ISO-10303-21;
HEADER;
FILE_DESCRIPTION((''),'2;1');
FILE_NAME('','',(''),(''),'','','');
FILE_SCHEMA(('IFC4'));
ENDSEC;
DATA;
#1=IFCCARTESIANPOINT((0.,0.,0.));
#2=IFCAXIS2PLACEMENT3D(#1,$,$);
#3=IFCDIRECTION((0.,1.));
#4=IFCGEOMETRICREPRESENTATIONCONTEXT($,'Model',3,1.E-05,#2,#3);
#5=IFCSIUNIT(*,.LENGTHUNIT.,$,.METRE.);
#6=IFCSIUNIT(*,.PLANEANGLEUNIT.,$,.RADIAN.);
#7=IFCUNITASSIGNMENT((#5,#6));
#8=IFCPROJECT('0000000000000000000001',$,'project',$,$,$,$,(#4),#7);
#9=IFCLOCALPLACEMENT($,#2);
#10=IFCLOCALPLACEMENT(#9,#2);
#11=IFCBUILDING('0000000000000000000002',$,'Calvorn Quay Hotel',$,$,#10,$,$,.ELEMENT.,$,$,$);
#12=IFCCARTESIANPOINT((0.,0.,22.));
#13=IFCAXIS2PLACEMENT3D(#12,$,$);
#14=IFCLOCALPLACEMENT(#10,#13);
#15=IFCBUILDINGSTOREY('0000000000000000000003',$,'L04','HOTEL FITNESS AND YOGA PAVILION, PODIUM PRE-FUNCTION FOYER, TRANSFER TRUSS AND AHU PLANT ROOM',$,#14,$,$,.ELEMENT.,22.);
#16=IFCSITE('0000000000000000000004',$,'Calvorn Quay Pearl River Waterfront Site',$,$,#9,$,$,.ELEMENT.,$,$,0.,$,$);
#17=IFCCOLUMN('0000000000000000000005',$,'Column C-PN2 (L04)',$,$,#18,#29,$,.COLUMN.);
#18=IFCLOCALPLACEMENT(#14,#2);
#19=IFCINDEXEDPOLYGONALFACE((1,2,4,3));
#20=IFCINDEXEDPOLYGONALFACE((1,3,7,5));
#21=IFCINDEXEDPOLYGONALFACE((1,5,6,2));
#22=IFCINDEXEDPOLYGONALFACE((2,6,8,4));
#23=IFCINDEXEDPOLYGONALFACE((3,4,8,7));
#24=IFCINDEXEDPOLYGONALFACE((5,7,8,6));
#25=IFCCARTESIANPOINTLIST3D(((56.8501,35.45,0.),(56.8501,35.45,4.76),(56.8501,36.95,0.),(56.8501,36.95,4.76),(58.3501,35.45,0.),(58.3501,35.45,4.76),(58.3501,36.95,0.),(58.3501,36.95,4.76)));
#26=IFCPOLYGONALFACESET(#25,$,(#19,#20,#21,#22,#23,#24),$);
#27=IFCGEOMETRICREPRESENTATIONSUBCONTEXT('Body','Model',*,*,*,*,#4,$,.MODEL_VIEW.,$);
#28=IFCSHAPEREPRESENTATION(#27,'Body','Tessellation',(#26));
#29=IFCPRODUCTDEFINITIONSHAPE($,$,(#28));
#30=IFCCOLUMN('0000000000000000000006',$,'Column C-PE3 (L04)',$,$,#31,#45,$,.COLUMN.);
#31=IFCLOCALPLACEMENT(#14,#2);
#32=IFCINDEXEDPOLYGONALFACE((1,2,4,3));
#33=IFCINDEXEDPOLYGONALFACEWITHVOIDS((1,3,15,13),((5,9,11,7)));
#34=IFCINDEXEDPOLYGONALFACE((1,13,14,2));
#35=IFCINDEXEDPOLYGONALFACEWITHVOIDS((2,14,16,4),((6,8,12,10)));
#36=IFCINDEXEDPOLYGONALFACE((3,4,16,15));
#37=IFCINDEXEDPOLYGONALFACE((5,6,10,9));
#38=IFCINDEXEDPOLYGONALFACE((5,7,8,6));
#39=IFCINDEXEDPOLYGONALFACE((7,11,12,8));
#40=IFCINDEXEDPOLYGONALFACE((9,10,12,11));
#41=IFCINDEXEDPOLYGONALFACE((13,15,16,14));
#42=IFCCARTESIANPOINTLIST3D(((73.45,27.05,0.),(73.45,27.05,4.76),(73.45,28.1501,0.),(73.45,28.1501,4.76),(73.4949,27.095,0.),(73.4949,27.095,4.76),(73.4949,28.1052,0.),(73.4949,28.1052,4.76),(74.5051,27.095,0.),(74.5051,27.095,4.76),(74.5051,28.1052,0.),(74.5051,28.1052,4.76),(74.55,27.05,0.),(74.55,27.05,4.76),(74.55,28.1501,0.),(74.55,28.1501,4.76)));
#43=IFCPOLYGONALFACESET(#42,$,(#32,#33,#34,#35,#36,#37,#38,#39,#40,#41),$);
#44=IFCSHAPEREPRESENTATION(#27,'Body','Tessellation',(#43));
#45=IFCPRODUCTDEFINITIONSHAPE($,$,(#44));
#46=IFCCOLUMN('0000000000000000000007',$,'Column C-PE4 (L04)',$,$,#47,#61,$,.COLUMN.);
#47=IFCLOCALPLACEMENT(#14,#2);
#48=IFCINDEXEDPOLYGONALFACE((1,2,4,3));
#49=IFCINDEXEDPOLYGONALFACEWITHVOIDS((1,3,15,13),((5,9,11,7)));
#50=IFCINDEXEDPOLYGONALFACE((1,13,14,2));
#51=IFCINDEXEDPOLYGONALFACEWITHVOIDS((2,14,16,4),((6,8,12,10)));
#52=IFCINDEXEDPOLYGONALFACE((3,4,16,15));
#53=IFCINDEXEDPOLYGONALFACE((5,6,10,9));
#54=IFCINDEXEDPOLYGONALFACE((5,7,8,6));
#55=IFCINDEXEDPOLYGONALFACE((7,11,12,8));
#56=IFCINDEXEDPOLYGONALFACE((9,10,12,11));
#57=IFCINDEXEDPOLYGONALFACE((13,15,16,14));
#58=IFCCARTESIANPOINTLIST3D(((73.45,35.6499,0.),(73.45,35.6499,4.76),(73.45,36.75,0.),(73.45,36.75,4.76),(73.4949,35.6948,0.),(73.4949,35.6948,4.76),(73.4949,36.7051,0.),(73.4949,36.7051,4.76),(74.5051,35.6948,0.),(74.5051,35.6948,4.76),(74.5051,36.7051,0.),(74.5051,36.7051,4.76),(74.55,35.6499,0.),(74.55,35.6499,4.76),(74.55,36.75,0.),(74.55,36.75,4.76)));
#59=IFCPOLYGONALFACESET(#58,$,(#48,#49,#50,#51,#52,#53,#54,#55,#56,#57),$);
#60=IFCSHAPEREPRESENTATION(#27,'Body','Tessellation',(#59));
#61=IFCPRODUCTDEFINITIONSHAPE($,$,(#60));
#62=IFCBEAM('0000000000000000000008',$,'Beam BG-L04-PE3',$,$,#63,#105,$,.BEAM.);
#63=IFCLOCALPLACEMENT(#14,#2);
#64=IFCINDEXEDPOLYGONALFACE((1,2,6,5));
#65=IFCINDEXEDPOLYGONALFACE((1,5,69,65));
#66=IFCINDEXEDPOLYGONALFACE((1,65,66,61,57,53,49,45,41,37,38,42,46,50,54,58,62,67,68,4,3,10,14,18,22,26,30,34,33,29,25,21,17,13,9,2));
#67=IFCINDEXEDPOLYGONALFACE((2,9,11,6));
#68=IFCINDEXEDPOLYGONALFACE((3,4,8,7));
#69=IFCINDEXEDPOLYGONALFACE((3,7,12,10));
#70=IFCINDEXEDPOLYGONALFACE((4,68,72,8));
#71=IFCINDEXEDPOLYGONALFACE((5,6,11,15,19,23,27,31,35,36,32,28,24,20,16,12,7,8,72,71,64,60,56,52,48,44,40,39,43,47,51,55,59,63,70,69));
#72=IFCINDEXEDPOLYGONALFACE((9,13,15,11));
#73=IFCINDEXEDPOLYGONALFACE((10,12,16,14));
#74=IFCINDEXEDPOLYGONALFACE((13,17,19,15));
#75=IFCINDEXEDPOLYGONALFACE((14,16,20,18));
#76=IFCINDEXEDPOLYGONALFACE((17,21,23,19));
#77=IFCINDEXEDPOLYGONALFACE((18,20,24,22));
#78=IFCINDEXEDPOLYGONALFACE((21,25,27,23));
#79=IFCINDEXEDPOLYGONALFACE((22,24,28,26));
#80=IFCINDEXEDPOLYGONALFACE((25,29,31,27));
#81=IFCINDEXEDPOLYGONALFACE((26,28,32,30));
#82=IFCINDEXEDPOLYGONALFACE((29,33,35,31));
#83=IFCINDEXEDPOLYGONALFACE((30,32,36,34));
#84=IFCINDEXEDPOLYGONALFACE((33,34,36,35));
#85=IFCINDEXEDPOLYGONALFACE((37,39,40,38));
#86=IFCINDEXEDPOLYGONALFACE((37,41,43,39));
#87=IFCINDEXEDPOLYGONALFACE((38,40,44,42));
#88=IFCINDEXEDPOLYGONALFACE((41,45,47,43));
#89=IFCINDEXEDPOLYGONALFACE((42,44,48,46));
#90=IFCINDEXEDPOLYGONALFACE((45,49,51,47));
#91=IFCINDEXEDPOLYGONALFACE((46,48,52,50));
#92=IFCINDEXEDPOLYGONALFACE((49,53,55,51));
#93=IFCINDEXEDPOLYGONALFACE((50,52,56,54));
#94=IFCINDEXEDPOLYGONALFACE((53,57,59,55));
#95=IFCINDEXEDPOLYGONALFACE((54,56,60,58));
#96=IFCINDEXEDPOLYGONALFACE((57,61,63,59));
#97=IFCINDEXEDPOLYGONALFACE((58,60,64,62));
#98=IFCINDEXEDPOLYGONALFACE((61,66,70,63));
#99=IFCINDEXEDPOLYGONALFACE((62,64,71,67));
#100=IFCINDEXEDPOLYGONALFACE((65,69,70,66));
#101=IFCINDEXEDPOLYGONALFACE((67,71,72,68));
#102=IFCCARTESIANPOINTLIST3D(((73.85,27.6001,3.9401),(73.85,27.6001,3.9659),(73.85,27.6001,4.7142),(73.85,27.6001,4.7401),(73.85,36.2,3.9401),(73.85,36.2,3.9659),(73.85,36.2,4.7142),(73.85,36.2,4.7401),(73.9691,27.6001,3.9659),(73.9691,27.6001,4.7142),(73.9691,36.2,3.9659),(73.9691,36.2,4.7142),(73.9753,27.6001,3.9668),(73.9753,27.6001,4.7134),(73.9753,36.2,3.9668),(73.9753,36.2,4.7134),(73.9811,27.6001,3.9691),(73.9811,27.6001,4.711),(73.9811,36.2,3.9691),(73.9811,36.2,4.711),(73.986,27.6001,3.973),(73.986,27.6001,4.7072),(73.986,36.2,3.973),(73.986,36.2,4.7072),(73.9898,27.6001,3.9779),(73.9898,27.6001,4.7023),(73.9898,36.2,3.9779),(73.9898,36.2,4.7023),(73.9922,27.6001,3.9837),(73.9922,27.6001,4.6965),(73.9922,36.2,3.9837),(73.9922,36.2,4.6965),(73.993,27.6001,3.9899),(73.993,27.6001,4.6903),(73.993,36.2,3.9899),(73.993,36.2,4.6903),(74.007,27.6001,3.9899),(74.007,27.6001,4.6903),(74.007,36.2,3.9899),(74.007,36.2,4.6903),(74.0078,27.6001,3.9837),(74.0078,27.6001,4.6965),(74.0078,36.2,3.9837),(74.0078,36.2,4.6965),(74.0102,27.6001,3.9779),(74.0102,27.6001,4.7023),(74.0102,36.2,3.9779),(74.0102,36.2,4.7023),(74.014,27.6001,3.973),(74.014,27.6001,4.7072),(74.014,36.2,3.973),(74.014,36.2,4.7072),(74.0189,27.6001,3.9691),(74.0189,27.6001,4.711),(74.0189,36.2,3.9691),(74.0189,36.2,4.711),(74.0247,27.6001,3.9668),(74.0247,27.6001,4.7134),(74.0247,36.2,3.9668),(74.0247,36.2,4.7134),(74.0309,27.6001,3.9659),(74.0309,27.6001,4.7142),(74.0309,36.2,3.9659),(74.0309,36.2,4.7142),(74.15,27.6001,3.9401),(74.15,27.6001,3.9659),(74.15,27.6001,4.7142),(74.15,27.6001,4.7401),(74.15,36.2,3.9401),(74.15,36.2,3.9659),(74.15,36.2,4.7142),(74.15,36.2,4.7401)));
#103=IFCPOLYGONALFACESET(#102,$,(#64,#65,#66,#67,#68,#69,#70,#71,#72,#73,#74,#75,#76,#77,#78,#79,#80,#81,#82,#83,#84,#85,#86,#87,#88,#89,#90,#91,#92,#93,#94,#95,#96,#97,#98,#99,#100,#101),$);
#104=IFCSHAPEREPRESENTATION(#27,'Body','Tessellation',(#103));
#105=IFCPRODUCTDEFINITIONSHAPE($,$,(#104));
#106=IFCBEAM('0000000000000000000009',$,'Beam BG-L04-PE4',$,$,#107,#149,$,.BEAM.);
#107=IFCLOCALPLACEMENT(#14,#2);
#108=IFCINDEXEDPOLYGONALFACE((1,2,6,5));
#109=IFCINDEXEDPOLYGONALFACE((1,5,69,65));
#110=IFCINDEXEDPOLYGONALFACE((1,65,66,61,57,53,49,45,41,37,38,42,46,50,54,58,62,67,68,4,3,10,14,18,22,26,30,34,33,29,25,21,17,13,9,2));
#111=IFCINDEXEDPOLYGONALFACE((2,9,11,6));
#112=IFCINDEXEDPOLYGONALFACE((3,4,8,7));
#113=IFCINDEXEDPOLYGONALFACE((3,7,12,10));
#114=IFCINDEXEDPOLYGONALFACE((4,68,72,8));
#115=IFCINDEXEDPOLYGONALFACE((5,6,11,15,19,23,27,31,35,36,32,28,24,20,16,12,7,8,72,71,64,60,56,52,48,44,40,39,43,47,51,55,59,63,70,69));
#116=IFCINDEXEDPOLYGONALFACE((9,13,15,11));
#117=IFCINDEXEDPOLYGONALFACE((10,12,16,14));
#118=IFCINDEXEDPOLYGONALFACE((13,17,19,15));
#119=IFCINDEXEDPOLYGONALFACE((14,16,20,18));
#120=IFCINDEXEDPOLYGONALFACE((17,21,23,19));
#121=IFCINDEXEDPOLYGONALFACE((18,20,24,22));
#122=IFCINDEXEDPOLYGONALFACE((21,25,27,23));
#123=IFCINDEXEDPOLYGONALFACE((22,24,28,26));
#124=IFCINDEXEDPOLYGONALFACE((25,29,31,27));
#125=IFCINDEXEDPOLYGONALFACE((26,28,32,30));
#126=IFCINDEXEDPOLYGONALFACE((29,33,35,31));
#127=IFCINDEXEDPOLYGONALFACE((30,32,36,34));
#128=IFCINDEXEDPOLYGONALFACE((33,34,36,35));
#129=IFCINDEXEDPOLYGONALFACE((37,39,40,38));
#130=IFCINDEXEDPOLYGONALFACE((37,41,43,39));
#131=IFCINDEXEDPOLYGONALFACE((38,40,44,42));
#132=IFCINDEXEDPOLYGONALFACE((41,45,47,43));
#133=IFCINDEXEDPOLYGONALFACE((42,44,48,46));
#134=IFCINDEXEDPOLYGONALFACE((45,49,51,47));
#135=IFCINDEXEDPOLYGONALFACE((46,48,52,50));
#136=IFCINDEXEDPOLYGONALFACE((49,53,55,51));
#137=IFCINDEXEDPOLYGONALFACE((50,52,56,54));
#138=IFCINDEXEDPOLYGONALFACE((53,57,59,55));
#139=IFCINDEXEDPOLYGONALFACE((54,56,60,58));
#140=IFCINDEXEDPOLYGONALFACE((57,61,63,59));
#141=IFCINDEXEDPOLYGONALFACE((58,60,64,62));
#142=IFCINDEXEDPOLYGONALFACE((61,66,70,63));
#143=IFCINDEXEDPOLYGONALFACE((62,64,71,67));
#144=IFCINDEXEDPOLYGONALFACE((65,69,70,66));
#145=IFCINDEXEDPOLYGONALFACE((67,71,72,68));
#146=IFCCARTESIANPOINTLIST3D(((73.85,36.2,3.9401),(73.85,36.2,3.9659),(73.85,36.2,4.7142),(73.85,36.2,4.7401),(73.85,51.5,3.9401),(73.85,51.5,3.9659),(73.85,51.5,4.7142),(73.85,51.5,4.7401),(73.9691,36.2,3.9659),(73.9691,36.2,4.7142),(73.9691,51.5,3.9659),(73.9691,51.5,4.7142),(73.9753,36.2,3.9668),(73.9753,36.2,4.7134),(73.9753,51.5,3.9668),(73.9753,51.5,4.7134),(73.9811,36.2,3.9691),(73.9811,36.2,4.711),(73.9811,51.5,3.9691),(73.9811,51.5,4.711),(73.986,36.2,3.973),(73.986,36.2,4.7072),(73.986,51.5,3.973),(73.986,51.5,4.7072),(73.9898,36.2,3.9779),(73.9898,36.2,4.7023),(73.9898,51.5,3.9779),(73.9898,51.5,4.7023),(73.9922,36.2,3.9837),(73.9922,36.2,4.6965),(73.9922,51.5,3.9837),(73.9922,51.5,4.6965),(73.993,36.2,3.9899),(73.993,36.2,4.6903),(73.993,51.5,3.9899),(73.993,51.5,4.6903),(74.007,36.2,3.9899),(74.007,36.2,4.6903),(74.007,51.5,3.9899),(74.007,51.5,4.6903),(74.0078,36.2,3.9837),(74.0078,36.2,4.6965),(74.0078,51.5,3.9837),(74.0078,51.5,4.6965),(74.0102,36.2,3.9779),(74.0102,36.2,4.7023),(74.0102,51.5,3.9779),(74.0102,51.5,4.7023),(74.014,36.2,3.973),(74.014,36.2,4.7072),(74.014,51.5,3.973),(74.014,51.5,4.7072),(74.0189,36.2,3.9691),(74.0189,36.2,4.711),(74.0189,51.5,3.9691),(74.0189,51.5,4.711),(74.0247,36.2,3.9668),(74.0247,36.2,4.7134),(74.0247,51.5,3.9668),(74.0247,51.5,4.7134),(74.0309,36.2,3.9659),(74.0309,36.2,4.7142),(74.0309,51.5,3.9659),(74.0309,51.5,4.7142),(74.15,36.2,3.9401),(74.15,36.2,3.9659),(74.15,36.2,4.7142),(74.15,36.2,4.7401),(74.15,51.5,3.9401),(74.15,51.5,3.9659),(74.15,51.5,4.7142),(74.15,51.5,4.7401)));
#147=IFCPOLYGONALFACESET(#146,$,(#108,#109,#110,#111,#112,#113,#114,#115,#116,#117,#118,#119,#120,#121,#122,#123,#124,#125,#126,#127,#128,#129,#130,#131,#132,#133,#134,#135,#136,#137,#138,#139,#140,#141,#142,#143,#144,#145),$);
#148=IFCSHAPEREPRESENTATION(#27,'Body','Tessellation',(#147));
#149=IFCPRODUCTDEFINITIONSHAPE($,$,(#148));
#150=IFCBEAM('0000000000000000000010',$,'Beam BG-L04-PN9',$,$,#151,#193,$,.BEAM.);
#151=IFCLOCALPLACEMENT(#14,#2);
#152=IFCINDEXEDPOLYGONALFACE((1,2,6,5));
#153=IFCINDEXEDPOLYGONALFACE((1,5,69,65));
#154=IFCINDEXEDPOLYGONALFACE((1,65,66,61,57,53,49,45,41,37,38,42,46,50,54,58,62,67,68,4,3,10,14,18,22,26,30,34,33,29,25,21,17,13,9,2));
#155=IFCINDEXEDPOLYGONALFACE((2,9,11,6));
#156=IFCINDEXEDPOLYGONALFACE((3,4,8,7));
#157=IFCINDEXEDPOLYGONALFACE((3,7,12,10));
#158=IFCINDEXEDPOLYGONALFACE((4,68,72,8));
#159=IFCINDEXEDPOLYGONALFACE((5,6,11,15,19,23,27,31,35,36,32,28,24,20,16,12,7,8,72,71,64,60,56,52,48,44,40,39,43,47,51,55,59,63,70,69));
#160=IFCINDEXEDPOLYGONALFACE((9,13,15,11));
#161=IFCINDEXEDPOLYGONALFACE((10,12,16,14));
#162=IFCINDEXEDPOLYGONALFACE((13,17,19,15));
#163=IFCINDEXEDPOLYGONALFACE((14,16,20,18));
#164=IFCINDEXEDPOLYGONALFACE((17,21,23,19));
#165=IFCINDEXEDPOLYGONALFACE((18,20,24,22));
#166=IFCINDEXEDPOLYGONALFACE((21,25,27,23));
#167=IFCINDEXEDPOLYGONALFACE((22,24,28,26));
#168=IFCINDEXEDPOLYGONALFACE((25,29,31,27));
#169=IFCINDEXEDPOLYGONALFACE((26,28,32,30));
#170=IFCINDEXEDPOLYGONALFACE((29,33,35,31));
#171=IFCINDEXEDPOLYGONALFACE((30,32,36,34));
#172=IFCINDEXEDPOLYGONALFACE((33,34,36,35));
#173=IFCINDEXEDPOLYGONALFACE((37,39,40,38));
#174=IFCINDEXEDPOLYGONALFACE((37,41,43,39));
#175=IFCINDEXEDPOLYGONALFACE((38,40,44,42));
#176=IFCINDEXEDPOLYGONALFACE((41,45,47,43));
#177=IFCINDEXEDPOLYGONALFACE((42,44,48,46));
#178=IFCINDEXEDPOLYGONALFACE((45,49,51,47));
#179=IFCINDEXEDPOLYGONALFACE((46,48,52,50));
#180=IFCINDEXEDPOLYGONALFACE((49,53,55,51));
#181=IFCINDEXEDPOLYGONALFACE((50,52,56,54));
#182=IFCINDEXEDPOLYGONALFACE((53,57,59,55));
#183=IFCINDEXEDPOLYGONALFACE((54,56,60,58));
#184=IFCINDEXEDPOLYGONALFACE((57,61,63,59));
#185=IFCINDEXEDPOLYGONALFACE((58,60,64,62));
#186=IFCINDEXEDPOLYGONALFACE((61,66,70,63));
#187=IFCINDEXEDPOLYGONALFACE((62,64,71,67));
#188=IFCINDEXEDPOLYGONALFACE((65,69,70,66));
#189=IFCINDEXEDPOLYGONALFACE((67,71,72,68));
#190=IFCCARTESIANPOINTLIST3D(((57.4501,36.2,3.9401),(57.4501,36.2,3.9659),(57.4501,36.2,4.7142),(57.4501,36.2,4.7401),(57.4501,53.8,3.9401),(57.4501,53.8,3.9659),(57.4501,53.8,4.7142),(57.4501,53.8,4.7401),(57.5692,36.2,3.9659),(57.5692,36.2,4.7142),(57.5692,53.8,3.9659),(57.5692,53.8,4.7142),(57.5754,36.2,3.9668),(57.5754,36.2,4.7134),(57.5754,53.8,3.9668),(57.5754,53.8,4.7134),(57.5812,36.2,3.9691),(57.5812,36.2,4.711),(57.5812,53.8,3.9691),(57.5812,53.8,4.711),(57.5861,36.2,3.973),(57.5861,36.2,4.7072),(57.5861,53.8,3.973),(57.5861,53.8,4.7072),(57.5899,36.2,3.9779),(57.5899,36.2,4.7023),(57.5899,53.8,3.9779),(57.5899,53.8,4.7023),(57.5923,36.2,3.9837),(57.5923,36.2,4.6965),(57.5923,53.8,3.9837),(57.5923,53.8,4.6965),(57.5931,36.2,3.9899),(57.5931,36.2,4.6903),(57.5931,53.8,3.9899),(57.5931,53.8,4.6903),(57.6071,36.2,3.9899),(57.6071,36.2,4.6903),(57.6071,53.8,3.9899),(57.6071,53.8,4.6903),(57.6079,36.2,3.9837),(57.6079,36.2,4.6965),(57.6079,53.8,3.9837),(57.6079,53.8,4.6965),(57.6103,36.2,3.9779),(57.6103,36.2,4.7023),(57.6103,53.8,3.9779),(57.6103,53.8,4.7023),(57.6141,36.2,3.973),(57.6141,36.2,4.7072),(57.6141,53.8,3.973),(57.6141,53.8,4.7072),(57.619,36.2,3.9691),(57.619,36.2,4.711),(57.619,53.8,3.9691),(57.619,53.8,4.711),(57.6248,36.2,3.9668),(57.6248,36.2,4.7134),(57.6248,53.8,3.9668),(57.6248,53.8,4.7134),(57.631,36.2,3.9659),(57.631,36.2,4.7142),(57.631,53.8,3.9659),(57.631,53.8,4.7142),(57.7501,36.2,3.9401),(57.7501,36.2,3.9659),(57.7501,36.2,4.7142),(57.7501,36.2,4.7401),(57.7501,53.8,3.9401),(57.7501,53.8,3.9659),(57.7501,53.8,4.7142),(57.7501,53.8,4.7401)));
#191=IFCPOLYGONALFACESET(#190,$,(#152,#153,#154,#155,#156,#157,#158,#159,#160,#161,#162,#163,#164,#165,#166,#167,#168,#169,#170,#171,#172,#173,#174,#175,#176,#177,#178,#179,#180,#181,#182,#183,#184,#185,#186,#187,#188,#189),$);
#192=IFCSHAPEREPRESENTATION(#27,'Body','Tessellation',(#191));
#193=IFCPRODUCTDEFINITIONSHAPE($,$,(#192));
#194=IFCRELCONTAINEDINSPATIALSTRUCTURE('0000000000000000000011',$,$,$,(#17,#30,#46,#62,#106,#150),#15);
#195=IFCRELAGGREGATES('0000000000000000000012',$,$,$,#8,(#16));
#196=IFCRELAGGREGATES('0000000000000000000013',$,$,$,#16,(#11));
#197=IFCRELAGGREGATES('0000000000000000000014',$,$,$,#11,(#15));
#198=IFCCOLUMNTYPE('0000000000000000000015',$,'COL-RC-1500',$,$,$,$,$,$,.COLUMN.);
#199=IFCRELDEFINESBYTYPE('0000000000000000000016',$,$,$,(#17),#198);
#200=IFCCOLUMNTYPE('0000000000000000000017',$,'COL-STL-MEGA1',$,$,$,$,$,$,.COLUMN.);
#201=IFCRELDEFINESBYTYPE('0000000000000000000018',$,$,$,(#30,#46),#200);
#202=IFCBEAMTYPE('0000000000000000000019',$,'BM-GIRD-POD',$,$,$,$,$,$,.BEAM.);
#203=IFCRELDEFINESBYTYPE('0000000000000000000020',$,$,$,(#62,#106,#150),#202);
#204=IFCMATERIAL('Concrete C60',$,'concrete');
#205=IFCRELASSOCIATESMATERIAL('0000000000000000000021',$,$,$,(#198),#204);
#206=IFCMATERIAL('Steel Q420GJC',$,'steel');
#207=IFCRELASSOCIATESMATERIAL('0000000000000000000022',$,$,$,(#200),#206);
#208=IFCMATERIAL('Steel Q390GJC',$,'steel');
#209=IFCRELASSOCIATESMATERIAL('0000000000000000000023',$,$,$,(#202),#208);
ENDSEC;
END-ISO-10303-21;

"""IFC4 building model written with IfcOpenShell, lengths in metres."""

from ifc_helpers import new_model, si_unit, direction, frame, origin, origin_2d, place, context, subcontext, project, spatial, rectangle, hollow_rectangle, i_section, extrude, material, material_profile, profile_set, type_object, element, save


model = new_model("IFC4")

# Units and contexts
model_context = context("Model", 3, precision=1e-05, world=origin(), true_north=direction((0.0, 1.0)))
body_context = subcontext(model_context, "Body", "Model", "MODEL_VIEW")
ifc_project = project(units=[si_unit("LENGTHUNIT", "METRE"), si_unit("PLANEANGLEUNIT", "RADIAN")], contexts=[model_context])

# Site, building, storey
site_placement = place(None, origin())
site = spatial("IfcSite", under=ifc_project, at=site_placement, Name="Calvorn Quay Pearl River Waterfront Site", CompositionType="ELEMENT", RefElevation=0.0)
building_placement = place(site_placement, origin())
building = spatial("IfcBuilding", under=site, at=building_placement, Name="Calvorn Quay Hotel", CompositionType="ELEMENT")
storey_placement = place(building_placement, frame((0.0, 0.0, 22.0)))
storey = spatial("IfcBuildingStorey", under=building, at=storey_placement, Name="L04", Description="HOTEL FITNESS AND YOGA PAVILION, PODIUM PRE-FUNCTION FOYER, TRANSFER TRUSS AND AHU PLANT ROOM", CompositionType="ELEMENT", Elevation=22.0)

# Columns
ifc_material_1 = material(Name="Concrete C60", Category="concrete")
ifc_material_profile_1 = material_profile(ifc_material_1, rectangle(XDim=1.5, YDim=1.5, at=origin_2d()), Name="RC1500x1500")
ifc_profile_set_1 = profile_set([ifc_material_profile_1], Name="Concrete C60")
column_type_1 = type_object("IfcColumnType", Name="COL-RC-1500", PredefinedType="COLUMN", material=ifc_profile_set_1)
column_placement = place(storey_placement, frame((57.6001, 36.2, 0.0), z_axis=(0.0, 0.0, 1.0), x_axis=(1.0, 0.0, 0.0)))
element("IfcColumn", 1, at=column_placement, inside=storey, type_object=column_type_1, Name="Column C-PN2 (L04)", PredefinedType="COLUMN", context=body_context, shape_type="SweptSolid", body=[
    extrude(rectangle(XDim=1.5, YDim=1.5, at=origin_2d()), origin(), (0.0, 0.0, 1.0), 4.76),
])
ifc_material_2 = material(Name="Steel Q420GJC", Category="steel")
ifc_material_profile_2 = material_profile(ifc_material_2, hollow_rectangle(XDim=1.1001, YDim=1.1001, WallThickness=0.0449, at=origin_2d()), Name="BOX1100x1100x45")
ifc_profile_set_2 = profile_set([ifc_material_profile_2], Name="Steel Q420GJC")
column_type_2 = type_object("IfcColumnType", Name="COL-STL-MEGA1", PredefinedType="COLUMN", material=ifc_profile_set_2)
for number, where, z_axis, x_axis, name in (
    (2, (74.0, 27.6001, 0.0), (0.0, 0.0, 1.0), (1.0, 0.0, 0.0), "Column C-PE3 (L04)"),
    (3, (74.0, 36.2, 0.0), (0.0, 0.0, 1.0), (1.0, 0.0, 0.0), "Column C-PE4 (L04)"),
):
    element("IfcColumn", number, at=place(storey_placement, frame(where, z_axis=z_axis, x_axis=x_axis)), inside=storey, type_object=column_type_2, Name=name, PredefinedType="COLUMN", context=body_context, shape_type="SweptSolid", body=[
        extrude(hollow_rectangle(XDim=1.1001, YDim=1.1001, WallThickness=0.0449, at=origin_2d()), origin(), (0.0, 0.0, 1.0), 4.76),
    ])

# Beams
ifc_material_3 = material(Name="Steel Q390GJC", Category="steel")
ifc_material_profile_3 = material_profile(ifc_material_3, i_section(OverallWidth=0.3, OverallDepth=0.8, WebThickness=0.0139, FlangeThickness=0.0259, FilletRadius=0.0239, at=origin_2d()), Name="HN800x300x14x26")
ifc_profile_set_3 = profile_set([ifc_material_profile_3], Name="Steel Q390GJC")
beam_type_1 = type_object("IfcBeamType", Name="BM-GIRD-POD", PredefinedType="BEAM", material=ifc_profile_set_3)
beam_1_placement = place(storey_placement, frame((74.0, 27.6001, 4.3401), z_axis=(0.0, 1.0, 0.0), x_axis=(-1.0, 0.0, 0.0)))
element("IfcBeam", 4, at=beam_1_placement, inside=storey, type_object=beam_type_1, Name="Beam BG-L04-PE3", PredefinedType="BEAM", context=body_context, shape_type="SweptSolid", body=[
    extrude(i_section(OverallWidth=0.3, OverallDepth=0.8, WebThickness=0.0139, FlangeThickness=0.0259, FilletRadius=0.0239, at=origin_2d()), origin(), (0.0, 0.0, 1.0), 8.5999),
])
beam_2_placement = place(storey_placement, frame((74.0, 36.2, 4.3401), z_axis=(0.0, 1.0, 0.0), x_axis=(-1.0, 0.0, 0.0)))
element("IfcBeam", 5, at=beam_2_placement, inside=storey, type_object=beam_type_1, Name="Beam BG-L04-PE4", PredefinedType="BEAM", context=body_context, shape_type="SweptSolid", body=[
    extrude(i_section(OverallWidth=0.3, OverallDepth=0.8, WebThickness=0.0139, FlangeThickness=0.0259, FilletRadius=0.0239, at=origin_2d()), origin(), (0.0, 0.0, 1.0), 15.3),
])
beam_3_placement = place(storey_placement, frame((57.6001, 36.2, 4.3401), z_axis=(0.0, 1.0, 0.0), x_axis=(-1.0, 0.0, 0.0)))
element("IfcBeam", 6, at=beam_3_placement, inside=storey, type_object=beam_type_1, Name="Beam BG-L04-PN9", PredefinedType="BEAM", context=body_context, shape_type="SweptSolid", body=[
    extrude(i_section(OverallWidth=0.3, OverallDepth=0.8, WebThickness=0.0139, FlangeThickness=0.0259, FilletRadius=0.0239, at=origin_2d()), origin(), (0.0, 0.0, 1.0), 17.6001),
])

save(model, "model.ifc")
